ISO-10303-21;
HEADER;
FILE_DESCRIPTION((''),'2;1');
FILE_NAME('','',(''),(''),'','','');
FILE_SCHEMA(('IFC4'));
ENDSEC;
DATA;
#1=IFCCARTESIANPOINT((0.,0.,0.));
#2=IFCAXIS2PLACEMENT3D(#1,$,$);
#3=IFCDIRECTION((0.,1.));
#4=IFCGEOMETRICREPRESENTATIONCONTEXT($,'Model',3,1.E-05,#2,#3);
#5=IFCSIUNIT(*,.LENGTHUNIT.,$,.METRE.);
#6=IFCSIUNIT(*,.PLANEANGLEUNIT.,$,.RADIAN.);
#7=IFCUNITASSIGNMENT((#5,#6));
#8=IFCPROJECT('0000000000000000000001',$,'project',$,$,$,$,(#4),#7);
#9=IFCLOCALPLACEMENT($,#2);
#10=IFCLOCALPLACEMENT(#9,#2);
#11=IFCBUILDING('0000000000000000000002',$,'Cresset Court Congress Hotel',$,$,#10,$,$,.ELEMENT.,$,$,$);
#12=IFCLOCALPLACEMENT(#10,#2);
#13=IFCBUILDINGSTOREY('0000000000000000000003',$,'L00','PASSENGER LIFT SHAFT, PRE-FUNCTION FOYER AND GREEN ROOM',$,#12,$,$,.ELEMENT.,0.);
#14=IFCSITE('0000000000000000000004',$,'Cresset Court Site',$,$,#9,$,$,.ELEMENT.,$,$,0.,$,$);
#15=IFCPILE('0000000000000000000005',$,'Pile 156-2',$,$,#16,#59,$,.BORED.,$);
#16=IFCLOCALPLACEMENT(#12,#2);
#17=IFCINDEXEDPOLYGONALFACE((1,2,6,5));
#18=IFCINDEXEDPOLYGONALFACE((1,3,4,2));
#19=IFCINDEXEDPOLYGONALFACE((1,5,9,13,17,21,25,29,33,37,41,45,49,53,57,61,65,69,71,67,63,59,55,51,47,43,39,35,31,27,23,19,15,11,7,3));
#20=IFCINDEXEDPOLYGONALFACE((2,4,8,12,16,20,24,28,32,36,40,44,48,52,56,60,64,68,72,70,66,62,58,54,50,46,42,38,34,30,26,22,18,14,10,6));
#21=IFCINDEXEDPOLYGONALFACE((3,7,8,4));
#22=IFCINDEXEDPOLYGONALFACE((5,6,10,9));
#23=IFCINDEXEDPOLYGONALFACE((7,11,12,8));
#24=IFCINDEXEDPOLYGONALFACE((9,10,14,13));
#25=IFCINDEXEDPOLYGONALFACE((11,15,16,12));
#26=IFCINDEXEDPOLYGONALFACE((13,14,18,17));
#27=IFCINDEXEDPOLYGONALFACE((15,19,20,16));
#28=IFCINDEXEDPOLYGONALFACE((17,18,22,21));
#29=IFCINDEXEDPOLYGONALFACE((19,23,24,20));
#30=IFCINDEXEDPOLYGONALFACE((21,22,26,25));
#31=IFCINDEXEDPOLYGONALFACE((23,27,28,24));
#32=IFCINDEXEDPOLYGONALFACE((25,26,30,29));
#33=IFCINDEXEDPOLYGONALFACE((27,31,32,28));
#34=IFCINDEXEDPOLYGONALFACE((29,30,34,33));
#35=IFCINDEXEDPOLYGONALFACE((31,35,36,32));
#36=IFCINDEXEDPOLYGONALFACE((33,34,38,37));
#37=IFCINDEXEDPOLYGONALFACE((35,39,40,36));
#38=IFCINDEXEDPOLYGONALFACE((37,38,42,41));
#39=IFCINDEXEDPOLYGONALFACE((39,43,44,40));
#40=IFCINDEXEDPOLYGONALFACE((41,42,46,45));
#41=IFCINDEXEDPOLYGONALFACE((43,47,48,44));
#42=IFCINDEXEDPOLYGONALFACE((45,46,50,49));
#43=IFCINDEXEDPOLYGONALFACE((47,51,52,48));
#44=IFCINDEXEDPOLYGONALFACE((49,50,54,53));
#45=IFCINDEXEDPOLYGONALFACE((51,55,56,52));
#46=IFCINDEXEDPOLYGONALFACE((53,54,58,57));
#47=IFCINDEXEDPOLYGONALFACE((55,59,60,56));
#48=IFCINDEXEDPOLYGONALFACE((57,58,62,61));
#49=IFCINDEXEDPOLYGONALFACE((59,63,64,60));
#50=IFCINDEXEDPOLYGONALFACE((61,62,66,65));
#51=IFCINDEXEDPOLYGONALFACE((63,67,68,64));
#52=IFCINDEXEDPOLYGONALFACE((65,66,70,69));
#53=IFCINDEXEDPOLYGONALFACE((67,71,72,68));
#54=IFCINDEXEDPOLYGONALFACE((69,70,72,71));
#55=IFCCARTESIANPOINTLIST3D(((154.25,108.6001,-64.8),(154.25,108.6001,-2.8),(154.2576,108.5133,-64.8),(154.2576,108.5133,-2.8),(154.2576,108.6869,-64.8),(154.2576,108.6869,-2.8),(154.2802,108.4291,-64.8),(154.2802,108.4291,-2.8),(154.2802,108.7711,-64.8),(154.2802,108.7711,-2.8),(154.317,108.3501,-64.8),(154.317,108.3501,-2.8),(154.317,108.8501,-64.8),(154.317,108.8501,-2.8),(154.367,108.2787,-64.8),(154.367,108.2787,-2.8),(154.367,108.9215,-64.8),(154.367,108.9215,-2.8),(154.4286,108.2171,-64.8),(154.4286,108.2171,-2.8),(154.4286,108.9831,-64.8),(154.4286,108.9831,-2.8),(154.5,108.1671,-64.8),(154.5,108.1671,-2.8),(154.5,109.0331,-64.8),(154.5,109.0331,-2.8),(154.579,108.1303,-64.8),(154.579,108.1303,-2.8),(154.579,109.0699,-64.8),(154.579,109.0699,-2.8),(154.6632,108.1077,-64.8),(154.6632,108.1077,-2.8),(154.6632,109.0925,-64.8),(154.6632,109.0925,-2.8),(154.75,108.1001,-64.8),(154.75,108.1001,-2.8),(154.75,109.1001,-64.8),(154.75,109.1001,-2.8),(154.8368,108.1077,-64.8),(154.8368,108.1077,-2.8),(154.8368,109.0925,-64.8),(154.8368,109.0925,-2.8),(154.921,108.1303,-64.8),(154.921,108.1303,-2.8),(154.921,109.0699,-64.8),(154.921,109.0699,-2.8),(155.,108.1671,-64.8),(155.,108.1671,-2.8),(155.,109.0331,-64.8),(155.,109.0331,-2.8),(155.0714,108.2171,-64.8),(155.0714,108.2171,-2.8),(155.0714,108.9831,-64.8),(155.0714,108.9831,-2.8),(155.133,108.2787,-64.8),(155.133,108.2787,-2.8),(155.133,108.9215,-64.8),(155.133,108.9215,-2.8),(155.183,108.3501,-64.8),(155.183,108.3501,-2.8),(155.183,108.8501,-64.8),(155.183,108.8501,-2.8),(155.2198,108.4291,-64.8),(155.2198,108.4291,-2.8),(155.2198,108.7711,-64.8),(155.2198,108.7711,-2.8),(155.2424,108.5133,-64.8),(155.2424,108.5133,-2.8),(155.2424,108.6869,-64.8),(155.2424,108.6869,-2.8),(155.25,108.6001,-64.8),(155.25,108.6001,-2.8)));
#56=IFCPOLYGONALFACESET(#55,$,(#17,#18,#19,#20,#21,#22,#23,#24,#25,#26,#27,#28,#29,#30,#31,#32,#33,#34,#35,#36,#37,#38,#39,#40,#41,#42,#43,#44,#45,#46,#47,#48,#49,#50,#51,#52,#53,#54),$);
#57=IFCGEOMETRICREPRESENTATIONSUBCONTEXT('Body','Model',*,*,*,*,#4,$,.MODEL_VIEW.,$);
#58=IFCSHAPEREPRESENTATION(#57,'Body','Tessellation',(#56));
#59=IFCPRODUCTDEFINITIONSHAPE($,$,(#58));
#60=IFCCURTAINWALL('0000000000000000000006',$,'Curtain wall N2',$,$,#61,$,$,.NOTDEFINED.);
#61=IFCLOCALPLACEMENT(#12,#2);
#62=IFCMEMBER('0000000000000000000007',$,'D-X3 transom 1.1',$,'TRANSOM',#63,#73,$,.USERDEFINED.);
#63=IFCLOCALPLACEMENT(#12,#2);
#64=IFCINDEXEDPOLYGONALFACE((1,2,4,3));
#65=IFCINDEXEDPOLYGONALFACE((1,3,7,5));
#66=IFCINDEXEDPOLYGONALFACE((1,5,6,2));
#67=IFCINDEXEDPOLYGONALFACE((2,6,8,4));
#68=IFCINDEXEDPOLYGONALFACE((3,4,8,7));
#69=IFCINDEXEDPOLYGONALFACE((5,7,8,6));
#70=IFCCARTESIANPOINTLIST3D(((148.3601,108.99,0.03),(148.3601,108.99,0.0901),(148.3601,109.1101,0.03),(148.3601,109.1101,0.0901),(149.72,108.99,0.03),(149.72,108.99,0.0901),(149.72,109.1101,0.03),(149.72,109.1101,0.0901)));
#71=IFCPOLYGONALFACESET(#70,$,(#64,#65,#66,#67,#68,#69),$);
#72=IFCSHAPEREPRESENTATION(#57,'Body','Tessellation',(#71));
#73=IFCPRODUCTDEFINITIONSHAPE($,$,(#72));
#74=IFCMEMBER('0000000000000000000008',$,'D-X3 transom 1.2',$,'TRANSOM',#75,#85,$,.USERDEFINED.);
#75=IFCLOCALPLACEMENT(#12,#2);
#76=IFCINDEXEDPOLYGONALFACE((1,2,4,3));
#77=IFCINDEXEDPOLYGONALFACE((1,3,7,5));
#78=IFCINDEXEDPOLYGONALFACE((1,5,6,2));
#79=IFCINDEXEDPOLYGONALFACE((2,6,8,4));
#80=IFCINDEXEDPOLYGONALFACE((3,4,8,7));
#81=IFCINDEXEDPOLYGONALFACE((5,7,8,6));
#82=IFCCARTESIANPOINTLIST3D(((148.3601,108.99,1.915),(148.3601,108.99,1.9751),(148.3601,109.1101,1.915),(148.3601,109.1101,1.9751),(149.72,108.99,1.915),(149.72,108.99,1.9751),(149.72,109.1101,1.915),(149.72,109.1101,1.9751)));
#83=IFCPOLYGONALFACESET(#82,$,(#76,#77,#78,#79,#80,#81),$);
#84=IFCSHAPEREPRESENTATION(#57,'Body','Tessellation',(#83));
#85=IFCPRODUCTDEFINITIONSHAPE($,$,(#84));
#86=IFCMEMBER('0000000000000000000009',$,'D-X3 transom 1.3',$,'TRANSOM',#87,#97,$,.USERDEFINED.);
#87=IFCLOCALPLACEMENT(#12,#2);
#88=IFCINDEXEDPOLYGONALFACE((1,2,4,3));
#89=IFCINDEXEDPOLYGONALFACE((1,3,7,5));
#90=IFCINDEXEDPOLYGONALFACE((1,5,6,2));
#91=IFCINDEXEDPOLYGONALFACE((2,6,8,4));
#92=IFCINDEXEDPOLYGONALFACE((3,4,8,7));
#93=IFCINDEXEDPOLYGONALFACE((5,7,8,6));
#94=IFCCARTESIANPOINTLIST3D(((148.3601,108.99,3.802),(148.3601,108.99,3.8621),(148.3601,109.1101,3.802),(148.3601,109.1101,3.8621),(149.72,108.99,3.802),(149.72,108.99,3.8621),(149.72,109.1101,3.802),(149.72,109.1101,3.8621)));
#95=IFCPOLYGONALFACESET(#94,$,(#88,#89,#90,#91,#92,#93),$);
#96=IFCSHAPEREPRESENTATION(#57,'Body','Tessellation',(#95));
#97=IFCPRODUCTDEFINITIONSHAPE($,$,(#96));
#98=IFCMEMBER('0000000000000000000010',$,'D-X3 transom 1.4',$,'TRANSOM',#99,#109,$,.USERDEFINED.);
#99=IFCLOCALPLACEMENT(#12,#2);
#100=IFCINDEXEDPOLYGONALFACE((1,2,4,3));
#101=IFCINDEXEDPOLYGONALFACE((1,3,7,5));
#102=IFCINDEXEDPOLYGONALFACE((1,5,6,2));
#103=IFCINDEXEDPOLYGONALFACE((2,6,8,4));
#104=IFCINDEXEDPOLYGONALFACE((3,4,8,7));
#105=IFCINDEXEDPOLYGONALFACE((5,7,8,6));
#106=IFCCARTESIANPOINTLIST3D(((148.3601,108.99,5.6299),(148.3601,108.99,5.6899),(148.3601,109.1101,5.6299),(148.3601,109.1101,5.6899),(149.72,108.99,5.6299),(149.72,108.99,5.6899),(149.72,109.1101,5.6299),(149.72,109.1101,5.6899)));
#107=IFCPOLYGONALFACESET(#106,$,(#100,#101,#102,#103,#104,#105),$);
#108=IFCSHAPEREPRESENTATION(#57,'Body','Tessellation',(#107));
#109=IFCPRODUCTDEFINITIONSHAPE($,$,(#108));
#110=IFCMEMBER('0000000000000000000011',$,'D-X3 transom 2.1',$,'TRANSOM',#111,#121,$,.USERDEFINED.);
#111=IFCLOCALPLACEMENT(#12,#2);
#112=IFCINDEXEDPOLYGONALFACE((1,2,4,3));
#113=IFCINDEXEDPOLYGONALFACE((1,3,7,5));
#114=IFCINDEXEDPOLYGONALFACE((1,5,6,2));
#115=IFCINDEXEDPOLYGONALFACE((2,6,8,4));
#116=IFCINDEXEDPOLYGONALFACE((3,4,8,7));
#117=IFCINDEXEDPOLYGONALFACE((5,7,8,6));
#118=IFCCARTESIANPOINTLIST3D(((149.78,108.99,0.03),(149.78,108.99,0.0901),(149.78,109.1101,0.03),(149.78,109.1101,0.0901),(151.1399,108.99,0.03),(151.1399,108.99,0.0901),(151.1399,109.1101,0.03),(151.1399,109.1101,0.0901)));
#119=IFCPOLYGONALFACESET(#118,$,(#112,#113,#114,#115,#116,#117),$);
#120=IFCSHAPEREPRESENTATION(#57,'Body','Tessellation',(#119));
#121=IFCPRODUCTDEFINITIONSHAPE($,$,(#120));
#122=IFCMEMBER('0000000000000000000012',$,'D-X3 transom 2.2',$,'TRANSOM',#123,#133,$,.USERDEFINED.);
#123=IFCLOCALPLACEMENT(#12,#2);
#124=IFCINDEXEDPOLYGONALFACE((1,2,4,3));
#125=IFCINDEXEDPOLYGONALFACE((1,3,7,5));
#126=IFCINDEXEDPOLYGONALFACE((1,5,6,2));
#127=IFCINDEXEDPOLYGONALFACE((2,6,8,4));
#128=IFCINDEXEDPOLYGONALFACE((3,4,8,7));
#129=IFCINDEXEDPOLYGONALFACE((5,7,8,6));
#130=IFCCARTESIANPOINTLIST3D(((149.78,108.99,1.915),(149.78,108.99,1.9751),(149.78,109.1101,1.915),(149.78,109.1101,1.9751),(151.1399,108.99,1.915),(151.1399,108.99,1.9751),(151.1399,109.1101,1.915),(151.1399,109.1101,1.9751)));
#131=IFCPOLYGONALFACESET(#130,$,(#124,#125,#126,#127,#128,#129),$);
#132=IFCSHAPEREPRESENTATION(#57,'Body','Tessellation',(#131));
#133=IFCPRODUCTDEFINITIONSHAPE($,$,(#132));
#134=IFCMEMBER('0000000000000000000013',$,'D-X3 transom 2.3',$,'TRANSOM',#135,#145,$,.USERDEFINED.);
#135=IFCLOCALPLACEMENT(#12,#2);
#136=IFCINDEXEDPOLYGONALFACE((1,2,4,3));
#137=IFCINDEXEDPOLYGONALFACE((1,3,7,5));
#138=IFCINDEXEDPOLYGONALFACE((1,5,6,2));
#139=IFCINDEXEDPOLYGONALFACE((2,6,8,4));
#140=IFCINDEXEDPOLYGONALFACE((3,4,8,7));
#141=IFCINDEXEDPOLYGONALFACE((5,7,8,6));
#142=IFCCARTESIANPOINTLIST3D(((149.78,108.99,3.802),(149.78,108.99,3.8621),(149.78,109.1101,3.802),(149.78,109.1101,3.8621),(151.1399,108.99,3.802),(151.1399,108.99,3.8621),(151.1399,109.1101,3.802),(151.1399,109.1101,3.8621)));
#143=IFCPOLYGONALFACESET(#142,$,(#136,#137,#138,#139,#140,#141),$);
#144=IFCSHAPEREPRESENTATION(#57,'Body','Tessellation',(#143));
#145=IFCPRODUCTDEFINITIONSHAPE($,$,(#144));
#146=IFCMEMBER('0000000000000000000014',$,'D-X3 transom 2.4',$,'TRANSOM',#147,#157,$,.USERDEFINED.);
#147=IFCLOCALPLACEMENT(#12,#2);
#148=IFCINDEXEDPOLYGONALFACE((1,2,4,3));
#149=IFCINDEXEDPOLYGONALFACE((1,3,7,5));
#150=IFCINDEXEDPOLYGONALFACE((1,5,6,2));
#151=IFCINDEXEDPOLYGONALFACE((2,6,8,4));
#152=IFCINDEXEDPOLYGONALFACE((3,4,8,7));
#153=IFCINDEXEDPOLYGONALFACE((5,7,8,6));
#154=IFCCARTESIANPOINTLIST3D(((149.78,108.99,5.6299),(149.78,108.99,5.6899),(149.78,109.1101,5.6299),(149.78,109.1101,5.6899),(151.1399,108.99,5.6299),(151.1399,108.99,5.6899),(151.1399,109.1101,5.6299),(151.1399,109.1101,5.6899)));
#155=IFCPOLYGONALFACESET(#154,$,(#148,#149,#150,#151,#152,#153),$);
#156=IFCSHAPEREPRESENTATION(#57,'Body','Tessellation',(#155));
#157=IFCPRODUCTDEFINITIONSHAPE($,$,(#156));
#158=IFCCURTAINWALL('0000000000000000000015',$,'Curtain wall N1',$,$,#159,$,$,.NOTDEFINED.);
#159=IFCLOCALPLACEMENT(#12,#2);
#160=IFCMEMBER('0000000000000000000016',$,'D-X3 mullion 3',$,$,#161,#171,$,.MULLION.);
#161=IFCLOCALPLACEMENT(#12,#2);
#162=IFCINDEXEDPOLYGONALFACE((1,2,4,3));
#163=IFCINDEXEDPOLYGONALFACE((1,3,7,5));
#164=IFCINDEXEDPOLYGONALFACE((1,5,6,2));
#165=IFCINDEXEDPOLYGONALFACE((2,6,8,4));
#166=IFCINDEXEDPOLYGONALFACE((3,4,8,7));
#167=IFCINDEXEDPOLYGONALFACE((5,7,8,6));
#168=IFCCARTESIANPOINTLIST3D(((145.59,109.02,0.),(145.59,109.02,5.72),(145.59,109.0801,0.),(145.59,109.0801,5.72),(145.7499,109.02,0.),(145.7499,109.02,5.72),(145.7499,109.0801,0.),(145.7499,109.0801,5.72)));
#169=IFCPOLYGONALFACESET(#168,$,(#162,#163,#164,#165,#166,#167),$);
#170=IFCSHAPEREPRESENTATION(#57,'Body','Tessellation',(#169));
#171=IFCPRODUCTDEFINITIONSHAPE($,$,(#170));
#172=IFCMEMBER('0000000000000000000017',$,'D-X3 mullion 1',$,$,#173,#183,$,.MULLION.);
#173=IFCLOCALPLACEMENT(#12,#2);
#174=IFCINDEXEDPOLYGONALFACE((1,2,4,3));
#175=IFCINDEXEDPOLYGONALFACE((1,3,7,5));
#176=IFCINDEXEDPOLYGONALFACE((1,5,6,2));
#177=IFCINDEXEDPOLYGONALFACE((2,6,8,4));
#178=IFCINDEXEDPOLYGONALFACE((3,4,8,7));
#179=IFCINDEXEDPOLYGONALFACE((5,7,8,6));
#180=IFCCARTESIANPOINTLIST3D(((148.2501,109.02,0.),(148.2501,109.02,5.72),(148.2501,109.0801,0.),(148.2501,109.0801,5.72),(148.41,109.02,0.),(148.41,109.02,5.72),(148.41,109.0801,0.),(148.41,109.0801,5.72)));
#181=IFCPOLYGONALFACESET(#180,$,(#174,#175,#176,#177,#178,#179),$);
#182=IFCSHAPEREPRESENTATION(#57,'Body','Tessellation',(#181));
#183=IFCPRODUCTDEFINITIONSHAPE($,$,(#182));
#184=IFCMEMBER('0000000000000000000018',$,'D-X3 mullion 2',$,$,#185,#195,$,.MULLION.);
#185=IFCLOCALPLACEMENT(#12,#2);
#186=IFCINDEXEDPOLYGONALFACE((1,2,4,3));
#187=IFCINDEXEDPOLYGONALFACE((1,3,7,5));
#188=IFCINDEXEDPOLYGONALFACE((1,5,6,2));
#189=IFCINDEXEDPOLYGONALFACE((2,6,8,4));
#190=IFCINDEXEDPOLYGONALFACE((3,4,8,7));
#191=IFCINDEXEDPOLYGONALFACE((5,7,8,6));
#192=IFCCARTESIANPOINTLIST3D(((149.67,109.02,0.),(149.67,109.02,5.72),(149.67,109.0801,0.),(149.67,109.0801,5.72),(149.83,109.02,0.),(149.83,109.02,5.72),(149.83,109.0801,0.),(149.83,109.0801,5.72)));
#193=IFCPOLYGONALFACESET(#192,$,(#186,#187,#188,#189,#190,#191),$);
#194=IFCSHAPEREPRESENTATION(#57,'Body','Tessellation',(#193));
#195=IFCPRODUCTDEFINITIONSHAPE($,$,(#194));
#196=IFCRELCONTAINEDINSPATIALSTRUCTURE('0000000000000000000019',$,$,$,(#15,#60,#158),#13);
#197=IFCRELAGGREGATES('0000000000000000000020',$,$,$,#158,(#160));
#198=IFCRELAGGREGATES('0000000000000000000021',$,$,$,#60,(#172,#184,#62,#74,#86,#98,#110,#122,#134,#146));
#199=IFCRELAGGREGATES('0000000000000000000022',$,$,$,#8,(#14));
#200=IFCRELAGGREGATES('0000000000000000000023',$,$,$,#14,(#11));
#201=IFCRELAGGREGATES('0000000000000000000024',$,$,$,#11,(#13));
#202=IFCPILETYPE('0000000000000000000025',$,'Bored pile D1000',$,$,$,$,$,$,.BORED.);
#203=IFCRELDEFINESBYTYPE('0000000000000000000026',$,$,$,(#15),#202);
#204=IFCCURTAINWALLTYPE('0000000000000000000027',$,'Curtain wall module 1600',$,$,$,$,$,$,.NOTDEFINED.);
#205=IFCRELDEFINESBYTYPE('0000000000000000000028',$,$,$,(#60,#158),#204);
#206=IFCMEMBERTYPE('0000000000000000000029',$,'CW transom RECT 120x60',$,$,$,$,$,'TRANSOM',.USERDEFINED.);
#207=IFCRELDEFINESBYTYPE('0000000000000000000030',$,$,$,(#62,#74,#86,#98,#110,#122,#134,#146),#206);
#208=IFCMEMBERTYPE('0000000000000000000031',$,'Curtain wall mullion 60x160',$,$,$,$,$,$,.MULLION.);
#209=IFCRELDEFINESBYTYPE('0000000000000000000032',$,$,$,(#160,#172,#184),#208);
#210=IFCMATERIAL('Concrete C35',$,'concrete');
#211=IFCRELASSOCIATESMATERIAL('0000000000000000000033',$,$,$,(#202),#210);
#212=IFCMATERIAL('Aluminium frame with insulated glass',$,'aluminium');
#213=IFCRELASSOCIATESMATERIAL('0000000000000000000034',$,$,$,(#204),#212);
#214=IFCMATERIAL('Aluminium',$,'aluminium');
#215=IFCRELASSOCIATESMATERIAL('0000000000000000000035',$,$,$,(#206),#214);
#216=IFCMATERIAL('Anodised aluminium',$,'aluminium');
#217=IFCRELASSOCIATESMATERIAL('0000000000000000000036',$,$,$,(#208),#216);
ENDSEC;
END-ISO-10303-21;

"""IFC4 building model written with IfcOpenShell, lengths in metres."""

from ifc_helpers import new_model, si_unit, direction, frame, origin, origin_2d, place, context, subcontext, project, spatial, rectangle, circle, extrude, material, material_profile, profile_set, type_object, element, aggregate, save


model = new_model("IFC4")

# Units and contexts
model_context = context("Model", 3, precision=1e-05, world=origin(), true_north=direction((0.0, 1.0)))
body_context = subcontext(model_context, "Body", "Model", "MODEL_VIEW")
ifc_project = project(units=[si_unit("LENGTHUNIT", "METRE"), si_unit("PLANEANGLEUNIT", "RADIAN")], contexts=[model_context])

# Site, building, storey
site_placement = place(None, origin())
site = spatial("IfcSite", under=ifc_project, at=site_placement, Name="Cresset Court Site", CompositionType="ELEMENT", RefElevation=0.0)
building_placement = place(site_placement, origin())
building = spatial("IfcBuilding", under=site, at=building_placement, Name="Cresset Court Congress Hotel", CompositionType="ELEMENT")
storey_placement = place(building_placement, origin())
storey = spatial("IfcBuildingStorey", under=building, at=storey_placement, Name="L00", Description="PASSENGER LIFT SHAFT, PRE-FUNCTION FOYER AND GREEN ROOM", CompositionType="ELEMENT", Elevation=0.0)

# Pile
ifc_material_1 = material(Name="Concrete C35", Category="concrete")
pile_type = type_object("IfcPileType", Name="Bored pile D1000", PredefinedType="BORED", material=ifc_material_1)
pile_placement = place(storey_placement, frame((154.75, 108.6001, -2.8), z_axis=(0.0, 0.0, -1.0), x_axis=(1.0, 0.0, 0.0)))
element("IfcPile", 1, at=pile_placement, inside=storey, type_object=pile_type, Name="Pile 156-2", PredefinedType="BORED", context=body_context, shape_type="SweptSolid", body=[
    extrude(circle(Radius=0.5, at=origin_2d()), origin(), (0.0, 0.0, 1.0), 62.0),
])

# Curtain wall, members
ifc_material_2 = material(Name="Aluminium frame with insulated glass", Category="aluminium")
curtain_wall_type = type_object("IfcCurtainWallType", Name="Curtain wall module 1600", PredefinedType="NOTDEFINED", material=ifc_material_2)
curtain_wall_1_placement = place(storey_placement, origin())
curtain_wall_1 = element("IfcCurtainWall", 2, at=curtain_wall_1_placement, inside=storey, type_object=curtain_wall_type, Name="Curtain wall N2", PredefinedType="NOTDEFINED")
ifc_material_3 = material(Name="Aluminium", Category="aluminium")
ifc_material_profile_1 = material_profile(ifc_material_3, rectangle(XDim=0.1201, YDim=0.0601, at=origin_2d()), Name="AL 120x60")
ifc_profile_set_1 = profile_set([ifc_material_profile_1], Name="Aluminium")
member_type_1 = type_object("IfcMemberType", Name="CW transom RECT 120x60", ElementType="TRANSOM", PredefinedType="USERDEFINED", material=ifc_profile_set_1)
member_1_placement = place(storey_placement, frame((148.3601, 109.05, 0.0601), z_axis=(1.0, 0.0, 0.0), x_axis=(0.0, 1.0, 0.0)))
member_1 = element("IfcMember", 3, at=member_1_placement, type_object=member_type_1, Name="D-X3 transom 1.1", ObjectType="TRANSOM", PredefinedType="USERDEFINED", context=body_context, shape_type="SweptSolid", body=[
    extrude(rectangle(XDim=0.1201, YDim=0.0601, at=origin_2d()), origin(), (0.0, 0.0, 1.0), 1.3599),
])
member_2_placement = place(storey_placement, frame((148.3601, 109.05, 1.9451), z_axis=(1.0, 0.0, 0.0), x_axis=(0.0, 1.0, 0.0)))
member_2 = element("IfcMember", 4, at=member_2_placement, type_object=member_type_1, Name="D-X3 transom 1.2", ObjectType="TRANSOM", PredefinedType="USERDEFINED", context=body_context, shape_type="SweptSolid", body=[
    extrude(rectangle(XDim=0.1201, YDim=0.0601, at=origin_2d()), origin(), (0.0, 0.0, 1.0), 1.3599),
])
member_3_placement = place(storey_placement, frame((148.3601, 109.05, 3.832), z_axis=(1.0, 0.0, 0.0), x_axis=(0.0, 1.0, 0.0)))
member_3 = element("IfcMember", 5, at=member_3_placement, type_object=member_type_1, Name="D-X3 transom 1.3", ObjectType="TRANSOM", PredefinedType="USERDEFINED", context=body_context, shape_type="SweptSolid", body=[
    extrude(rectangle(XDim=0.1201, YDim=0.0601, at=origin_2d()), origin(), (0.0, 0.0, 1.0), 1.3599),
])
member_4_placement = place(storey_placement, frame((148.3601, 109.05, 5.6599), z_axis=(1.0, 0.0, 0.0), x_axis=(0.0, 1.0, 0.0)))
member_4 = element("IfcMember", 6, at=member_4_placement, type_object=member_type_1, Name="D-X3 transom 1.4", ObjectType="TRANSOM", PredefinedType="USERDEFINED", context=body_context, shape_type="SweptSolid", body=[
    extrude(rectangle(XDim=0.1201, YDim=0.0601, at=origin_2d()), origin(), (0.0, 0.0, 1.0), 1.3599),
])
member_5_placement = place(storey_placement, frame((149.78, 109.05, 0.0601), z_axis=(1.0, 0.0, 0.0), x_axis=(0.0, 1.0, 0.0)))
member_5 = element("IfcMember", 7, at=member_5_placement, type_object=member_type_1, Name="D-X3 transom 2.1", ObjectType="TRANSOM", PredefinedType="USERDEFINED", context=body_context, shape_type="SweptSolid", body=[
    extrude(rectangle(XDim=0.1201, YDim=0.0601, at=origin_2d()), origin(), (0.0, 0.0, 1.0), 1.3599),
])
member_6_placement = place(storey_placement, frame((149.78, 109.05, 1.9451), z_axis=(1.0, 0.0, 0.0), x_axis=(0.0, 1.0, 0.0)))
member_6 = element("IfcMember", 8, at=member_6_placement, type_object=member_type_1, Name="D-X3 transom 2.2", ObjectType="TRANSOM", PredefinedType="USERDEFINED", context=body_context, shape_type="SweptSolid", body=[
    extrude(rectangle(XDim=0.1201, YDim=0.0601, at=origin_2d()), origin(), (0.0, 0.0, 1.0), 1.3599),
])
member_7_placement = place(storey_placement, frame((149.78, 109.05, 3.832), z_axis=(1.0, 0.0, 0.0), x_axis=(0.0, 1.0, 0.0)))
member_7 = element("IfcMember", 9, at=member_7_placement, type_object=member_type_1, Name="D-X3 transom 2.3", ObjectType="TRANSOM", PredefinedType="USERDEFINED", context=body_context, shape_type="SweptSolid", body=[
    extrude(rectangle(XDim=0.1201, YDim=0.0601, at=origin_2d()), origin(), (0.0, 0.0, 1.0), 1.3599),
])
member_8_placement = place(storey_placement, frame((149.78, 109.05, 5.6599), z_axis=(1.0, 0.0, 0.0), x_axis=(0.0, 1.0, 0.0)))
member_8 = element("IfcMember", 10, at=member_8_placement, type_object=member_type_1, Name="D-X3 transom 2.4", ObjectType="TRANSOM", PredefinedType="USERDEFINED", context=body_context, shape_type="SweptSolid", body=[
    extrude(rectangle(XDim=0.1201, YDim=0.0601, at=origin_2d()), origin(), (0.0, 0.0, 1.0), 1.3599),
])

# Curtain wall, member
curtain_wall_2_placement = place(storey_placement, origin())
curtain_wall_2 = element("IfcCurtainWall", 11, at=curtain_wall_2_placement, inside=storey, type_object=curtain_wall_type, Name="Curtain wall N1", PredefinedType="NOTDEFINED")
ifc_material_4 = material(Name="Anodised aluminium", Category="aluminium")
ifc_material_profile_2 = material_profile(ifc_material_4, rectangle(XDim=0.0601, YDim=0.1599, at=origin_2d()), Name="AL60x160")
ifc_profile_set_2 = profile_set([ifc_material_profile_2], Name="Anodised aluminium")
member_type_2 = type_object("IfcMemberType", Name="Curtain wall mullion 60x160", PredefinedType="MULLION", material=ifc_profile_set_2)
member_9_placement = place(storey_placement, frame((145.6699, 109.05, 0.0), z_axis=(0.0, 0.0, 1.0), x_axis=(0.0, 1.0, 0.0)))
member_9 = element("IfcMember", 12, at=member_9_placement, type_object=member_type_2, Name="D-X3 mullion 3", PredefinedType="MULLION", context=body_context, shape_type="SweptSolid", body=[
    extrude(rectangle(XDim=0.0601, YDim=0.1599, at=origin_2d()), origin(), (0.0, 0.0, 1.0), 5.72),
])

# Members
member_10_placement = place(storey_placement, frame((148.3301, 109.05, 0.0), z_axis=(0.0, 0.0, 1.0), x_axis=(0.0, 1.0, 0.0)))
member_10 = element("IfcMember", 13, at=member_10_placement, type_object=member_type_2, Name="D-X3 mullion 1", PredefinedType="MULLION", context=body_context, shape_type="SweptSolid", body=[
    extrude(rectangle(XDim=0.0601, YDim=0.1599, at=origin_2d()), origin(), (0.0, 0.0, 1.0), 5.72),
])
member_11_placement = place(storey_placement, frame((149.75, 109.05, 0.0), z_axis=(0.0, 0.0, 1.0), x_axis=(0.0, 1.0, 0.0)))
member_11 = element("IfcMember", 14, at=member_11_placement, type_object=member_type_2, Name="D-X3 mullion 2", PredefinedType="MULLION", context=body_context, shape_type="SweptSolid", body=[
    extrude(rectangle(XDim=0.0601, YDim=0.1599, at=origin_2d()), origin(), (0.0, 0.0, 1.0), 5.72),
])

aggregate(curtain_wall_2, [member_9])
aggregate(curtain_wall_1, [member_10, member_11, member_1, member_2, member_3, member_4, member_5, member_6, member_7, member_8])

save(model, "model.ifc")
